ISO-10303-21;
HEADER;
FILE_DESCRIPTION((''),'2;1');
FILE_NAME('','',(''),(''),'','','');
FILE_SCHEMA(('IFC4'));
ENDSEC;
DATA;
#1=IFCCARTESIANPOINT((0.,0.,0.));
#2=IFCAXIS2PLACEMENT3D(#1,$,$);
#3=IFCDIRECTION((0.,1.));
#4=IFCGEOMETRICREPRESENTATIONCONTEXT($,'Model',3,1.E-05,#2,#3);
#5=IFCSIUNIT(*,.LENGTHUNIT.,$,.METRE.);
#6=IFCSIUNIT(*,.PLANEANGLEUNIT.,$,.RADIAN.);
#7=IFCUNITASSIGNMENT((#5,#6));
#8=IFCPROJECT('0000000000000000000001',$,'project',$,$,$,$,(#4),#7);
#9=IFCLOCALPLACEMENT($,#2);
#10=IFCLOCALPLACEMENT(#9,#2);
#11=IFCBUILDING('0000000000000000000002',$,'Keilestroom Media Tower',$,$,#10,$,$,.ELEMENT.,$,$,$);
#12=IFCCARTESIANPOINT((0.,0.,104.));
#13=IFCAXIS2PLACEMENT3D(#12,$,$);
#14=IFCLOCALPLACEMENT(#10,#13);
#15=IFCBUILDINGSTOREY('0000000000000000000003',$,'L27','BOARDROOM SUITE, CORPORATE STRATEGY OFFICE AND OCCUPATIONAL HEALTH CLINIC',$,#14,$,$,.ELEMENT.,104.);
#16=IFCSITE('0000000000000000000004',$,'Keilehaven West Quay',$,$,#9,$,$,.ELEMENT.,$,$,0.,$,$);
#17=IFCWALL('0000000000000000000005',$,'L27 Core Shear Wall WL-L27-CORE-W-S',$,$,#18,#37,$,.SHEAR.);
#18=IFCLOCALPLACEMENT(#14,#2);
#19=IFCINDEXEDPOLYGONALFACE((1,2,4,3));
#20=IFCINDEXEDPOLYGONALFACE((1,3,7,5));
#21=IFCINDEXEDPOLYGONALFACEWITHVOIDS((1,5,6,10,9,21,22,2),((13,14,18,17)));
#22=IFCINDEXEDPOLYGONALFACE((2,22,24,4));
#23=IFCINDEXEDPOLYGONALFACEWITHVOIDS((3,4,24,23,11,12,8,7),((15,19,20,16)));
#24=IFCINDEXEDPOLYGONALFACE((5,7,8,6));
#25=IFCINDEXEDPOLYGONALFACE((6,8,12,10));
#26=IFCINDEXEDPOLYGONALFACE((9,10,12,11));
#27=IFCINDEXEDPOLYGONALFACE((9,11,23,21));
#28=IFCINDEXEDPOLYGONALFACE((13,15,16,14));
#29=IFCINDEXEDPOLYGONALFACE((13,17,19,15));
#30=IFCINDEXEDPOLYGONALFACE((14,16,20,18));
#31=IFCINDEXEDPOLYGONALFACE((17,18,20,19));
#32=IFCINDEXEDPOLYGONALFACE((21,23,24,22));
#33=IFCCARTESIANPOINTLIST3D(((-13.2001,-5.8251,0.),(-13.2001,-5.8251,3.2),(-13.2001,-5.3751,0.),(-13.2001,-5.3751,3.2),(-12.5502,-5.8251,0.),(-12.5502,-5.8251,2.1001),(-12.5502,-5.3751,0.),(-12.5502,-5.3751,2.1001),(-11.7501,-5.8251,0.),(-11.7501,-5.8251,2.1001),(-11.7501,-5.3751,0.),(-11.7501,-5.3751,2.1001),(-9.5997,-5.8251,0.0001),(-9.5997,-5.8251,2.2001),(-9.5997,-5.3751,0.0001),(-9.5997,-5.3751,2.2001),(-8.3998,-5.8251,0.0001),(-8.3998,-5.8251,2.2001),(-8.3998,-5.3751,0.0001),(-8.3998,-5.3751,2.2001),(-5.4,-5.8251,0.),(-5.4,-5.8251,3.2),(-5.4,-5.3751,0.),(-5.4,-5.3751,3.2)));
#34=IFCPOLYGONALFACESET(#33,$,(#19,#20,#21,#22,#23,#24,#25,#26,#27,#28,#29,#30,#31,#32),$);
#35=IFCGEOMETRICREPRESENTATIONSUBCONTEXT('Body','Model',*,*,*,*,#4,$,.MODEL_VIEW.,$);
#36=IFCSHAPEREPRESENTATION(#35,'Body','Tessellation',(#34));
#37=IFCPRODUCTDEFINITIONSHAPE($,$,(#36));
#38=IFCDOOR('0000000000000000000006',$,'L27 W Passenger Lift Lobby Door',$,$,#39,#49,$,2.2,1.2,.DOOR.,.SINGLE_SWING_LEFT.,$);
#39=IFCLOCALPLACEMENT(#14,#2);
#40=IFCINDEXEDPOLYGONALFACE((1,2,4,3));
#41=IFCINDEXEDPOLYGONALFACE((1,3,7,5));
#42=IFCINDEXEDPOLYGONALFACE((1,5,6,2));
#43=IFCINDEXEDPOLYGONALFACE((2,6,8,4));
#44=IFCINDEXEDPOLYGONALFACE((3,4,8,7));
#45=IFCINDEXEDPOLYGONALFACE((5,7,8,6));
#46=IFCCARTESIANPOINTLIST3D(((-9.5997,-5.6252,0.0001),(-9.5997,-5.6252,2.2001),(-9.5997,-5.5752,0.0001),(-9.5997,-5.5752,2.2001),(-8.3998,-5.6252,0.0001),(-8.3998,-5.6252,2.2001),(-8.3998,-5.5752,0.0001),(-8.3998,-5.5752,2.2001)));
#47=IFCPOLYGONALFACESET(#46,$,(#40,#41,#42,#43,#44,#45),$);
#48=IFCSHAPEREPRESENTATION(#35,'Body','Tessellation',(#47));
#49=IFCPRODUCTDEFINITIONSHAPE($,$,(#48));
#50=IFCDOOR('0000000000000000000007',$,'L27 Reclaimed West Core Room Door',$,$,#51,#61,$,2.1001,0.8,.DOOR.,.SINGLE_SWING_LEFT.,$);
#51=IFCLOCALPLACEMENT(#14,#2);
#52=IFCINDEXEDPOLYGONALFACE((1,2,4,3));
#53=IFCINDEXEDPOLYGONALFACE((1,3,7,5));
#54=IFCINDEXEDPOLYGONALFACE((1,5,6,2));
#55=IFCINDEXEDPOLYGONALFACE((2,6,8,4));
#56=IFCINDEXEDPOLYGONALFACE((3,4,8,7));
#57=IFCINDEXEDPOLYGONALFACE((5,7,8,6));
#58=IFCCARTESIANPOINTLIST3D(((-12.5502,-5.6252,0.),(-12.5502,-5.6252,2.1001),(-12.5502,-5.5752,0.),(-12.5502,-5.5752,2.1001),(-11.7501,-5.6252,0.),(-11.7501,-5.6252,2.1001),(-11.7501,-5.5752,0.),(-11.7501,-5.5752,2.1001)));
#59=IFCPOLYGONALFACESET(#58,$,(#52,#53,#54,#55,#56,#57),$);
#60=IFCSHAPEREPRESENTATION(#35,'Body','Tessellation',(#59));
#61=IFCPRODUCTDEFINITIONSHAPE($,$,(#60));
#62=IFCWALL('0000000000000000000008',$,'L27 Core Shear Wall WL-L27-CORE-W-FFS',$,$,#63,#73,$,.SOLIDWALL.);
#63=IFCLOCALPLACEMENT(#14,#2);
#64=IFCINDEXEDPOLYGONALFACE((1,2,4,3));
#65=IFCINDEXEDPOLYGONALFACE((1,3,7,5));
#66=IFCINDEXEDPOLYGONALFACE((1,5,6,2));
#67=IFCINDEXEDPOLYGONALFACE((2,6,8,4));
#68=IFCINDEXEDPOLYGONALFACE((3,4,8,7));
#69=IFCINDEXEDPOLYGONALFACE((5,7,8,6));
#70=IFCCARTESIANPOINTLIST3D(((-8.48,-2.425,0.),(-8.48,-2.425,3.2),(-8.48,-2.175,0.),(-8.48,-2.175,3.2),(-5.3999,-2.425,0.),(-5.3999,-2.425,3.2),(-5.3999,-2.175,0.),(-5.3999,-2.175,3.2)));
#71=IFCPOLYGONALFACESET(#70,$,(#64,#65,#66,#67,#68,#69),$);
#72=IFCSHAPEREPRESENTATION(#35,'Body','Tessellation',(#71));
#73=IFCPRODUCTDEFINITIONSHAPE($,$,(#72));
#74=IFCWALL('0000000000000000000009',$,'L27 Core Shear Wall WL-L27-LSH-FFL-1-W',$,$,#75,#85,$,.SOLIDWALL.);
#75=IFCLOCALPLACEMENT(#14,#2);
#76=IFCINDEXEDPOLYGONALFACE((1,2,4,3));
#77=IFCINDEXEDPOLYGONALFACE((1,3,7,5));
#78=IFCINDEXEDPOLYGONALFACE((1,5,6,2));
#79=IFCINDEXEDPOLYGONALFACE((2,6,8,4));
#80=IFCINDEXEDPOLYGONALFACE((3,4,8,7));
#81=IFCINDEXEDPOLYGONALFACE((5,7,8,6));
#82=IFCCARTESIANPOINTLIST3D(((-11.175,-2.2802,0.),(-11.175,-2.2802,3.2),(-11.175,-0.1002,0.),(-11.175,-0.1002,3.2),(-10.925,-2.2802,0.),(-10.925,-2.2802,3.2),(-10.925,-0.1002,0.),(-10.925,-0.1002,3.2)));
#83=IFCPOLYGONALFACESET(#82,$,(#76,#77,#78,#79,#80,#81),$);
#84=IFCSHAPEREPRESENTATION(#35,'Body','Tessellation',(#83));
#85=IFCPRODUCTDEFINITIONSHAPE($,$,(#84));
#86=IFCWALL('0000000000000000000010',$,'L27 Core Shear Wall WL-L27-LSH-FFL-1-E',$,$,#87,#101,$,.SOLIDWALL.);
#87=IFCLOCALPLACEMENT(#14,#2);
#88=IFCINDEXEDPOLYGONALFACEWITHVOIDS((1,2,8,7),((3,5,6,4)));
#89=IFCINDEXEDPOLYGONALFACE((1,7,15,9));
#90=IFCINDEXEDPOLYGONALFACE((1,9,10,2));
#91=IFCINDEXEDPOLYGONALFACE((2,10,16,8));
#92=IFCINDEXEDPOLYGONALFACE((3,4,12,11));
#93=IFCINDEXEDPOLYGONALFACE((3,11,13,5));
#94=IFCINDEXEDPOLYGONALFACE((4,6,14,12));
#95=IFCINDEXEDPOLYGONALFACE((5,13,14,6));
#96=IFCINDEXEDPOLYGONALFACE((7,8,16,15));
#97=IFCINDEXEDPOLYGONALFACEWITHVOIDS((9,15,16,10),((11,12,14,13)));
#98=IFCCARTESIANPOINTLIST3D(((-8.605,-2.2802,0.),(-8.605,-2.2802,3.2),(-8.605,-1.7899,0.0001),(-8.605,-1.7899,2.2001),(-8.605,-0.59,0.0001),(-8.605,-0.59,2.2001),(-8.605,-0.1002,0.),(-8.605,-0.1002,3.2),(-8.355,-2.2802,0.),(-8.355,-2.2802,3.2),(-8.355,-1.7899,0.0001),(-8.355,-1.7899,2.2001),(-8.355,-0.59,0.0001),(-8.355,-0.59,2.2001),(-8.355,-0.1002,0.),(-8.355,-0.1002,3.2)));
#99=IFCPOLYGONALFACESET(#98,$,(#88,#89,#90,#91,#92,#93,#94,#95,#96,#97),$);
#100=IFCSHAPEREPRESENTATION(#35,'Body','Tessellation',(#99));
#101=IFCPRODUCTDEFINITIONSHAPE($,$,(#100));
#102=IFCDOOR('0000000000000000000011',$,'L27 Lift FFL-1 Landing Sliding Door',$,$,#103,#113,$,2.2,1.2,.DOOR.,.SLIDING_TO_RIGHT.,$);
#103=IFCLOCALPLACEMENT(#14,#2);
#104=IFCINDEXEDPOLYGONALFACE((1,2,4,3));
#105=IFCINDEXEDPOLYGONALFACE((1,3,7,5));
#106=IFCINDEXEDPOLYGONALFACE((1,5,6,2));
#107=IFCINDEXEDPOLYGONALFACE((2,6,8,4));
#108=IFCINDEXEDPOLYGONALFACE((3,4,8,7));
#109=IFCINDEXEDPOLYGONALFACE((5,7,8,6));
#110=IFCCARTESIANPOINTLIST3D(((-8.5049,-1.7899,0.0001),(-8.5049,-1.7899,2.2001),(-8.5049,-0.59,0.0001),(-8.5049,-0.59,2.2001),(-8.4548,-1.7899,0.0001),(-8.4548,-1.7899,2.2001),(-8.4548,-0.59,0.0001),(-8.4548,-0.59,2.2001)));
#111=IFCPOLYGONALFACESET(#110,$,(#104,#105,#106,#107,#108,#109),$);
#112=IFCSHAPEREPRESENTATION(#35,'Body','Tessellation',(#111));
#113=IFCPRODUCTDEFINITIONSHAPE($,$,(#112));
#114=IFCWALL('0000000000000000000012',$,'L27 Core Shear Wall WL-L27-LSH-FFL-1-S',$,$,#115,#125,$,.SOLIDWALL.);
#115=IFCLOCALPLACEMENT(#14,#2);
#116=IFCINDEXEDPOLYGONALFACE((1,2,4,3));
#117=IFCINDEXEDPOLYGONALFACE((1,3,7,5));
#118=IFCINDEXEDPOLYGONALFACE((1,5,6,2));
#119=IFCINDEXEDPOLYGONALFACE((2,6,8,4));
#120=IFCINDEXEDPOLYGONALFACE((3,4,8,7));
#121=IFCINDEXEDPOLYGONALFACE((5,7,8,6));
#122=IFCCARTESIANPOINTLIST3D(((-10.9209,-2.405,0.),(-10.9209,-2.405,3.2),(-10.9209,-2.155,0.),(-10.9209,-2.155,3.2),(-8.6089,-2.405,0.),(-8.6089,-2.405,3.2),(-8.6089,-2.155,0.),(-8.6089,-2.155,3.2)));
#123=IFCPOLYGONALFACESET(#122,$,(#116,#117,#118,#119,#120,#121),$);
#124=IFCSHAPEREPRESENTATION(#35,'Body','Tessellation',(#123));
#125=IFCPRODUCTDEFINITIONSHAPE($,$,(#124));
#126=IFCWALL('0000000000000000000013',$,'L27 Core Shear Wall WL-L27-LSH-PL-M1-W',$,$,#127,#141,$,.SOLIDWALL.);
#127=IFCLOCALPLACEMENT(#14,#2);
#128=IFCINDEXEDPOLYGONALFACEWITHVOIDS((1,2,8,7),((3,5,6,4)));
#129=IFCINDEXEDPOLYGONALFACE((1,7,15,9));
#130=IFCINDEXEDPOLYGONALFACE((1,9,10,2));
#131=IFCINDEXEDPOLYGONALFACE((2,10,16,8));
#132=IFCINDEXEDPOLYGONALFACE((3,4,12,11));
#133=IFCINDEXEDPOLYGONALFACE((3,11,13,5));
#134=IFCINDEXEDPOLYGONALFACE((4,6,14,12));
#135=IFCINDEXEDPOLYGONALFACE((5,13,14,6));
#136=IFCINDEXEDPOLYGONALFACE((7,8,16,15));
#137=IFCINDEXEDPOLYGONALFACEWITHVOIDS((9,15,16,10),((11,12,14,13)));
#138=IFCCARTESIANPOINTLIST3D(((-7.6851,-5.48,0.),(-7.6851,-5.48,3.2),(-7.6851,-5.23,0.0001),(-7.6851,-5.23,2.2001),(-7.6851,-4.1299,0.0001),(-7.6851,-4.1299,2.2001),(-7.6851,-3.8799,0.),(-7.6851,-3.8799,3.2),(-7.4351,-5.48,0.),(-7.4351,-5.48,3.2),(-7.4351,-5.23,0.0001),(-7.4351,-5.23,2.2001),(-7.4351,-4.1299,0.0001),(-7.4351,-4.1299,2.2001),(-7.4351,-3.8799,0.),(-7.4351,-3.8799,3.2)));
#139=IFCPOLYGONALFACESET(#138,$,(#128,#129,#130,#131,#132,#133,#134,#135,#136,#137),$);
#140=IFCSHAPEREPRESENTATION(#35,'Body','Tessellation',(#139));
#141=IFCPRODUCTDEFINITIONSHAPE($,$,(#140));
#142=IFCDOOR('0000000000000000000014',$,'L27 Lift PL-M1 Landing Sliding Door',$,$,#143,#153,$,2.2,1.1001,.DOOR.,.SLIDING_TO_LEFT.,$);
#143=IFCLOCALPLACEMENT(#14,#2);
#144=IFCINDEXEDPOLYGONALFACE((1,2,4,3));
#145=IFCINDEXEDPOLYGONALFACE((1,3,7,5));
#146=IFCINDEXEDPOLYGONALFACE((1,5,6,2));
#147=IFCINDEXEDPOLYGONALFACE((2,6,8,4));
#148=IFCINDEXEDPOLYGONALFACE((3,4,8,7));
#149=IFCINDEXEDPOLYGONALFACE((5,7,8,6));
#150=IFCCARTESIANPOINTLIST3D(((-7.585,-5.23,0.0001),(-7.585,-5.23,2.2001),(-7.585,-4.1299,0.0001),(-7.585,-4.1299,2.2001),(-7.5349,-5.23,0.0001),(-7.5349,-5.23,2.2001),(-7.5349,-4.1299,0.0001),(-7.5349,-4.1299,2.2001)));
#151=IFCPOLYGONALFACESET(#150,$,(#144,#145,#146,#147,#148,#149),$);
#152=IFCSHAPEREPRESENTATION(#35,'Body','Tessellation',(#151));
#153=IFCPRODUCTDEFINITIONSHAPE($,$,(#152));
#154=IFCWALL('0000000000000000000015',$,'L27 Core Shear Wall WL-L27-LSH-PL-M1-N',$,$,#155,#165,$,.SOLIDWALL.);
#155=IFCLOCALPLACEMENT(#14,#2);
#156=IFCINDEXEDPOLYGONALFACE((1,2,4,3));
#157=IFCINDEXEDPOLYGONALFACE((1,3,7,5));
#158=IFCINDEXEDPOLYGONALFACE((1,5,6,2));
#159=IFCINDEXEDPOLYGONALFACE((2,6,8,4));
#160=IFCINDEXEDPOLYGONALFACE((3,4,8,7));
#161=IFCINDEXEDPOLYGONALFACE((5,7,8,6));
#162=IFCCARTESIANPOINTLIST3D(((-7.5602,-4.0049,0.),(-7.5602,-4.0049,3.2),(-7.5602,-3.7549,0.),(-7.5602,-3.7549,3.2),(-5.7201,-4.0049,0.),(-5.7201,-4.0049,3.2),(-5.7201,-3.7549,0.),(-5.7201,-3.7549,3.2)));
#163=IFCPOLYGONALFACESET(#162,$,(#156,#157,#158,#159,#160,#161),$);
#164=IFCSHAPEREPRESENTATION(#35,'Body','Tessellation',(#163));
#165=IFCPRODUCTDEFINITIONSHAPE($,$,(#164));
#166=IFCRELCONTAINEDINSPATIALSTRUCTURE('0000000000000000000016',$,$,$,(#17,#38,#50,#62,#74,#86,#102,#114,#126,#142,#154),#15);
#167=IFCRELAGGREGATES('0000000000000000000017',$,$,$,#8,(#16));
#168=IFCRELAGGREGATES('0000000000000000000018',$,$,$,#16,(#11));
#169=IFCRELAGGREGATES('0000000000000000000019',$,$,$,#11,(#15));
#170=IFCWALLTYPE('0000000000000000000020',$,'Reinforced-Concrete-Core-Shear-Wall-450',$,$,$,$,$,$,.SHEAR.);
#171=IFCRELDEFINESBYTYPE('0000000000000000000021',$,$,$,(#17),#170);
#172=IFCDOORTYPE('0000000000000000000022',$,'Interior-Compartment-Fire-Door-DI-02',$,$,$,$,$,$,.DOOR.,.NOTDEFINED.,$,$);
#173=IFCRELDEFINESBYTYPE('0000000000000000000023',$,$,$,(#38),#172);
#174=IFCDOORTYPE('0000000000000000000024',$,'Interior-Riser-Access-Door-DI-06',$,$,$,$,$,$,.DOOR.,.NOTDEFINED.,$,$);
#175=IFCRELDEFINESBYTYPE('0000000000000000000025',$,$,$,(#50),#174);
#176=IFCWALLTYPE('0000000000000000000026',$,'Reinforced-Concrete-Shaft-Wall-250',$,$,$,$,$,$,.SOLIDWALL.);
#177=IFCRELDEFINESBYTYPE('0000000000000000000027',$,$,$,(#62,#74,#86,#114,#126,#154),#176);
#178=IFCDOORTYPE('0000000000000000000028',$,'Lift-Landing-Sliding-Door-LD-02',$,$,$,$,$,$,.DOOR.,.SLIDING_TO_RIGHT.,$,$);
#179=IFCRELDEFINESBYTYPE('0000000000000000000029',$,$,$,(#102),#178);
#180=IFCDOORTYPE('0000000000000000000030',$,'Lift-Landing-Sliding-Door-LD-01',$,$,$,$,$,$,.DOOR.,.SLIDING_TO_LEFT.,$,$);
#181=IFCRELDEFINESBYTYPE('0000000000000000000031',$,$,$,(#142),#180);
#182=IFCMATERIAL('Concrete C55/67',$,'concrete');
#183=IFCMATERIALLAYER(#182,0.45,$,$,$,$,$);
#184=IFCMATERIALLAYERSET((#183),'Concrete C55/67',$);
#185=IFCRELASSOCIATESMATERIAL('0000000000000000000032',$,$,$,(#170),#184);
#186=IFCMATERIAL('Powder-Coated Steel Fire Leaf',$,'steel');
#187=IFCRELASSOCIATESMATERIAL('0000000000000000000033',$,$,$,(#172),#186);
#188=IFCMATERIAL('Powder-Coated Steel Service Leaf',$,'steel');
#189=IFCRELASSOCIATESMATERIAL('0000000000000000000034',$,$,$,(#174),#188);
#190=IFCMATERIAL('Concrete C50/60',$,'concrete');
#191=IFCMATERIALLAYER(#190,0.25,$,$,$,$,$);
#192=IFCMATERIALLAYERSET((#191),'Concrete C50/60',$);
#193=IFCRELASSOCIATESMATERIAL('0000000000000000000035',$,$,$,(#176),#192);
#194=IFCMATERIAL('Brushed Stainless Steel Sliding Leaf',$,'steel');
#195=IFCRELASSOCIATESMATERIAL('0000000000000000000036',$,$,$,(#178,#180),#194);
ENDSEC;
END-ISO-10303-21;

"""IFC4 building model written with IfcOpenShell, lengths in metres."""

from ifc_helpers import new_model, si_unit, direction, frame, frame_2d, origin, place, context, subcontext, project, spatial, rectangle, extrude, source, transform, mapped, material, layer, layer_set, type_object, element, fill, save


model = new_model("IFC4")

# Units and contexts
model_context = context("Model", 3, precision=1e-05, world=origin(), true_north=direction((0.0, 1.0)))
body_context = subcontext(model_context, "Body", "Model", "MODEL_VIEW")
ifc_project = project(units=[si_unit("LENGTHUNIT", "METRE"), si_unit("PLANEANGLEUNIT", "RADIAN")], contexts=[model_context])

# Site, building, storey
site_placement = place(None, origin())
site = spatial("IfcSite", under=ifc_project, at=site_placement, Name="Keilehaven West Quay", CompositionType="ELEMENT", RefElevation=0.0)
building_placement = place(site_placement, origin())
building = spatial("IfcBuilding", under=site, at=building_placement, Name="Keilestroom Media Tower", CompositionType="ELEMENT")
storey_placement = place(building_placement, frame((0.0, 0.0, 104.0)))
storey = spatial("IfcBuildingStorey", under=building, at=storey_placement, Name="L27", Description="BOARDROOM SUITE, CORPORATE STRATEGY OFFICE AND OCCUPATIONAL HEALTH CLINIC", CompositionType="ELEMENT", Elevation=104.0)

# Shared definitions
ifc_material_1 = material(Name="Concrete C55/67", Category="concrete")
ifc_layer_1 = layer(ifc_material_1, 0.45)
ifc_layer_set_1 = layer_set([ifc_layer_1], Name="Concrete C55/67")
wall_type_1 = type_object("IfcWallType", Name="Reinforced-Concrete-Core-Shear-Wall-450", PredefinedType="SHEAR", material=ifc_layer_set_1)

# Wall, openings, doors
ifc_material_2 = material(Name="Powder-Coated Steel Fire Leaf", Category="steel")
door_type_1 = type_object("IfcDoorType", Name="Interior-Compartment-Fire-Door-DI-02", OperationType="NOTDEFINED", PredefinedType="DOOR", material=ifc_material_2)
shared_shape_1 = source(origin(), body_context, "Body", "SweptSolid", [
    extrude(rectangle(XDim=1.2, YDim=2.2, at=frame_2d((0.6001, 1.1001))), frame((0.0, 0.0249, 0.0), z_axis=(0.0, -1.0, 0.0), x_axis=(1.0, 0.0, 0.0)), (0.0, 0.0, 1.0), 0.05),
])
ifc_material_3 = material(Name="Powder-Coated Steel Service Leaf", Category="steel")
door_type_2 = type_object("IfcDoorType", Name="Interior-Riser-Access-Door-DI-06", OperationType="NOTDEFINED", PredefinedType="DOOR", material=ifc_material_3)
shared_shape_2 = source(origin(), body_context, "Body", "SweptSolid", [
    extrude(rectangle(XDim=0.8, YDim=2.1001, at=frame_2d((0.3999, 1.05))), frame((0.0, 0.0249, 0.0), z_axis=(0.0, -1.0, 0.0), x_axis=(1.0, 0.0, 0.0)), (0.0, 0.0, 1.0), 0.05),
])
wall_1_placement = place(storey_placement, frame((-13.2, -5.6001, 0.0), z_axis=(0.0, 0.0, 1.0), x_axis=(1.0, 0.0, 0.0)))
wall_1 = element("IfcWall", 1, at=wall_1_placement, inside=storey, type_object=wall_type_1, Name="L27 Core Shear Wall WL-L27-CORE-W-S", PredefinedType="SHEAR", context=body_context, shape_type="SweptSolid", body=[
    extrude(rectangle(XDim=7.8, YDim=0.45, at=frame_2d((3.8999, 0.0))), origin(), (0.0, 0.0, 1.0), 3.2),
])
opening_1_placement = place(wall_1_placement, frame((3.6001, 0.0, 0.0)))
opening_1 = element("IfcOpeningElement", 2, at=opening_1_placement, cuts=wall_1, PredefinedType="OPENING", context=body_context, shape_type="SweptSolid", body=[
    extrude(rectangle(XDim=1.2, YDim=2.2, at=frame_2d((0.6001, 1.1001))), frame((0.0, 0.2349, 0.0), z_axis=(0.0, -1.0, 0.0), x_axis=(1.0, 0.0, 0.0)), (0.0, 0.0, 1.0), 0.47),
])
opening_2_placement = place(wall_1_placement, frame((0.6499, 0.0, 0.0)))
opening_2 = element("IfcOpeningElement", 3, at=opening_2_placement, cuts=wall_1, PredefinedType="OPENING", context=body_context, shape_type="SweptSolid", body=[
    extrude(rectangle(XDim=0.8, YDim=2.1001, at=frame_2d((0.3999, 1.05))), frame((0.0, 0.2349, 0.0), z_axis=(0.0, -1.0, 0.0), x_axis=(1.0, 0.0, 0.0)), (0.0, 0.0, 1.0), 0.47),
])
door_1_placement = place(opening_1_placement, origin())
door_1 = element("IfcDoor", 4, at=door_1_placement, inside=storey, type_object=door_type_1, Name="L27 W Passenger Lift Lobby Door", OperationType="SINGLE_SWING_LEFT", OverallHeight=2.2, OverallWidth=1.2, PredefinedType="DOOR", context=body_context, shape_type="MappedRepresentation", body=[
    mapped(shared_shape_1, transform((0.0, 0.0, 0.0), x_axis=(1.0, 0.0, 0.0), y_axis=(0.0, 1.0, 0.0), z_axis=(0.0, 0.0, 1.0), scale=1.0)),
])
fill(opening_1, door_1)
door_2_placement = place(opening_2_placement, origin())
door_2 = element("IfcDoor", 5, at=door_2_placement, inside=storey, type_object=door_type_2, Name="L27 Reclaimed West Core Room Door", OperationType="SINGLE_SWING_LEFT", OverallHeight=2.1001, OverallWidth=0.8, PredefinedType="DOOR", context=body_context, shape_type="MappedRepresentation", body=[
    mapped(shared_shape_2, transform((0.0, 0.0, 0.0), x_axis=(1.0, 0.0, 0.0), y_axis=(0.0, 1.0, 0.0), z_axis=(0.0, 0.0, 1.0), scale=1.0)),
])
fill(opening_2, door_2)

# Walls
ifc_material_4 = material(Name="Concrete C50/60", Category="concrete")
ifc_layer_2 = layer(ifc_material_4, 0.25)
ifc_layer_set_2 = layer_set([ifc_layer_2], Name="Concrete C50/60")
wall_type_2 = type_object("IfcWallType", Name="Reinforced-Concrete-Shaft-Wall-250", PredefinedType="SOLIDWALL", material=ifc_layer_set_2)
wall_2_placement = place(storey_placement, frame((-8.48, -2.3, 0.0), z_axis=(0.0, 0.0, 1.0), x_axis=(1.0, 0.0, 0.0)))
element("IfcWall", 6, at=wall_2_placement, inside=storey, type_object=wall_type_2, Name="L27 Core Shear Wall WL-L27-CORE-W-FFS", PredefinedType="SOLIDWALL", context=body_context, shape_type="SweptSolid", body=[
    extrude(rectangle(XDim=3.0801, YDim=0.25, at=frame_2d((1.54, 0.0))), origin(), (0.0, 0.0, 1.0), 3.2),
])
wall_3_placement = place(storey_placement, frame((-11.05, -2.28, 0.0), z_axis=(0.0, 0.0, 1.0), x_axis=(0.0, 1.0, 0.0)))
element("IfcWall", 7, at=wall_3_placement, inside=storey, type_object=wall_type_2, Name="L27 Core Shear Wall WL-L27-LSH-FFL-1-W", PredefinedType="SOLIDWALL", context=body_context, shape_type="SweptSolid", body=[
    extrude(rectangle(XDim=2.1799, YDim=0.25, at=frame_2d((1.0898, 0.0))), origin(), (0.0, 0.0, 1.0), 3.2),
])

# Wall, opening, door
wall_4_placement = place(storey_placement, frame((-8.48, -2.28, 0.0), z_axis=(0.0, 0.0, 1.0), x_axis=(0.0, 1.0, 0.0)))
wall_4 = element("IfcWall", 8, at=wall_4_placement, inside=storey, type_object=wall_type_2, Name="L27 Core Shear Wall WL-L27-LSH-FFL-1-E", PredefinedType="SOLIDWALL", context=body_context, shape_type="SweptSolid", body=[
    extrude(rectangle(XDim=2.1799, YDim=0.25, at=frame_2d((1.0898, 0.0))), origin(), (0.0, 0.0, 1.0), 3.2),
])
opening_3_placement = place(wall_4_placement, frame((0.49, 0.0, 0.0)))
opening_3 = element("IfcOpeningElement", 9, at=opening_3_placement, cuts=wall_4, PredefinedType="OPENING", context=body_context, shape_type="SweptSolid", body=[
    extrude(rectangle(XDim=1.2, YDim=2.2, at=frame_2d((0.6001, 1.1001))), frame((0.0, 0.135, 0.0), z_axis=(0.0, -1.0, 0.0), x_axis=(1.0, 0.0, 0.0)), (0.0, 0.0, 1.0), 0.27),
])
ifc_material_5 = material(Name="Brushed Stainless Steel Sliding Leaf", Category="steel")
door_type_3 = type_object("IfcDoorType", Name="Lift-Landing-Sliding-Door-LD-02", OperationType="SLIDING_TO_RIGHT", PredefinedType="DOOR", material=ifc_material_5)
door_3_placement = place(opening_3_placement, origin())
door_3 = element("IfcDoor", 10, at=door_3_placement, inside=storey, type_object=door_type_3, Name="L27 Lift FFL-1 Landing Sliding Door", OperationType="SLIDING_TO_RIGHT", OverallHeight=2.2, OverallWidth=1.2, PredefinedType="DOOR", context=body_context, shape_type="MappedRepresentation", body=[
    mapped(shared_shape_1, transform((0.0, 0.0, 0.0), x_axis=(1.0, 0.0, 0.0), y_axis=(0.0, 1.0, 0.0), z_axis=(0.0, 0.0, 1.0), scale=1.0)),
])
fill(opening_3, door_3)

# Wall
wall_5_placement = place(storey_placement, frame((-10.9209, -2.28, 0.0), z_axis=(0.0, 0.0, 1.0), x_axis=(1.0, 0.0, 0.0)))
element("IfcWall", 11, at=wall_5_placement, inside=storey, type_object=wall_type_2, Name="L27 Core Shear Wall WL-L27-LSH-FFL-1-S", PredefinedType="SOLIDWALL", context=body_context, shape_type="SweptSolid", body=[
    extrude(rectangle(XDim=2.312, YDim=0.25, at=frame_2d((1.156, 0.0))), origin(), (0.0, 0.0, 1.0), 3.2),
])

# Wall, opening, door
wall_6_placement = place(storey_placement, frame((-7.5601, -5.48, 0.0), z_axis=(0.0, 0.0, 1.0), x_axis=(0.0, 1.0, 0.0)))
wall_6 = element("IfcWall", 12, at=wall_6_placement, inside=storey, type_object=wall_type_2, Name="L27 Core Shear Wall WL-L27-LSH-PL-M1-W", PredefinedType="SOLIDWALL", context=body_context, shape_type="SweptSolid", body=[
    extrude(rectangle(XDim=1.6001, YDim=0.25, at=frame_2d((0.8, 0.0))), origin(), (0.0, 0.0, 1.0), 3.2),
])
opening_4_placement = place(wall_6_placement, frame((0.25, 0.0, 0.0)))
opening_4 = element("IfcOpeningElement", 13, at=opening_4_placement, cuts=wall_6, PredefinedType="OPENING", context=body_context, shape_type="SweptSolid", body=[
    extrude(rectangle(XDim=1.1001, YDim=2.2, at=frame_2d((0.55, 1.1001))), frame((0.0, 0.135, 0.0), z_axis=(0.0, -1.0, 0.0), x_axis=(1.0, 0.0, 0.0)), (0.0, 0.0, 1.0), 0.27),
])
door_type_4 = type_object("IfcDoorType", Name="Lift-Landing-Sliding-Door-LD-01", OperationType="SLIDING_TO_LEFT", PredefinedType="DOOR", material=ifc_material_5)
shared_shape_3 = source(origin(), body_context, "Body", "SweptSolid", [
    extrude(rectangle(XDim=1.1001, YDim=2.2, at=frame_2d((0.55, 1.1001))), frame((0.0, 0.0249, 0.0), z_axis=(0.0, -1.0, 0.0), x_axis=(1.0, 0.0, 0.0)), (0.0, 0.0, 1.0), 0.05),
])
door_4_placement = place(opening_4_placement, origin())
door_4 = element("IfcDoor", 14, at=door_4_placement, inside=storey, type_object=door_type_4, Name="L27 Lift PL-M1 Landing Sliding Door", OperationType="SLIDING_TO_LEFT", OverallHeight=2.2, OverallWidth=1.1001, PredefinedType="DOOR", context=body_context, shape_type="MappedRepresentation", body=[
    mapped(shared_shape_3, transform((0.0, 0.0, 0.0), x_axis=(1.0, 0.0, 0.0), y_axis=(0.0, 1.0, 0.0), z_axis=(0.0, 0.0, 1.0), scale=1.0)),
])
fill(opening_4, door_4)

# Wall
wall_7_placement = place(storey_placement, frame((-7.5601, -3.8799, 0.0), z_axis=(0.0, 0.0, 1.0), x_axis=(1.0, 0.0, 0.0)))
element("IfcWall", 15, at=wall_7_placement, inside=storey, type_object=wall_type_2, Name="L27 Core Shear Wall WL-L27-LSH-PL-M1-N", PredefinedType="SOLIDWALL", context=body_context, shape_type="SweptSolid", body=[
    extrude(rectangle(XDim=1.8401, YDim=0.25, at=frame_2d((0.9199, 0.0))), origin(), (0.0, 0.0, 1.0), 3.2),
])

save(model, "model.ifc")
